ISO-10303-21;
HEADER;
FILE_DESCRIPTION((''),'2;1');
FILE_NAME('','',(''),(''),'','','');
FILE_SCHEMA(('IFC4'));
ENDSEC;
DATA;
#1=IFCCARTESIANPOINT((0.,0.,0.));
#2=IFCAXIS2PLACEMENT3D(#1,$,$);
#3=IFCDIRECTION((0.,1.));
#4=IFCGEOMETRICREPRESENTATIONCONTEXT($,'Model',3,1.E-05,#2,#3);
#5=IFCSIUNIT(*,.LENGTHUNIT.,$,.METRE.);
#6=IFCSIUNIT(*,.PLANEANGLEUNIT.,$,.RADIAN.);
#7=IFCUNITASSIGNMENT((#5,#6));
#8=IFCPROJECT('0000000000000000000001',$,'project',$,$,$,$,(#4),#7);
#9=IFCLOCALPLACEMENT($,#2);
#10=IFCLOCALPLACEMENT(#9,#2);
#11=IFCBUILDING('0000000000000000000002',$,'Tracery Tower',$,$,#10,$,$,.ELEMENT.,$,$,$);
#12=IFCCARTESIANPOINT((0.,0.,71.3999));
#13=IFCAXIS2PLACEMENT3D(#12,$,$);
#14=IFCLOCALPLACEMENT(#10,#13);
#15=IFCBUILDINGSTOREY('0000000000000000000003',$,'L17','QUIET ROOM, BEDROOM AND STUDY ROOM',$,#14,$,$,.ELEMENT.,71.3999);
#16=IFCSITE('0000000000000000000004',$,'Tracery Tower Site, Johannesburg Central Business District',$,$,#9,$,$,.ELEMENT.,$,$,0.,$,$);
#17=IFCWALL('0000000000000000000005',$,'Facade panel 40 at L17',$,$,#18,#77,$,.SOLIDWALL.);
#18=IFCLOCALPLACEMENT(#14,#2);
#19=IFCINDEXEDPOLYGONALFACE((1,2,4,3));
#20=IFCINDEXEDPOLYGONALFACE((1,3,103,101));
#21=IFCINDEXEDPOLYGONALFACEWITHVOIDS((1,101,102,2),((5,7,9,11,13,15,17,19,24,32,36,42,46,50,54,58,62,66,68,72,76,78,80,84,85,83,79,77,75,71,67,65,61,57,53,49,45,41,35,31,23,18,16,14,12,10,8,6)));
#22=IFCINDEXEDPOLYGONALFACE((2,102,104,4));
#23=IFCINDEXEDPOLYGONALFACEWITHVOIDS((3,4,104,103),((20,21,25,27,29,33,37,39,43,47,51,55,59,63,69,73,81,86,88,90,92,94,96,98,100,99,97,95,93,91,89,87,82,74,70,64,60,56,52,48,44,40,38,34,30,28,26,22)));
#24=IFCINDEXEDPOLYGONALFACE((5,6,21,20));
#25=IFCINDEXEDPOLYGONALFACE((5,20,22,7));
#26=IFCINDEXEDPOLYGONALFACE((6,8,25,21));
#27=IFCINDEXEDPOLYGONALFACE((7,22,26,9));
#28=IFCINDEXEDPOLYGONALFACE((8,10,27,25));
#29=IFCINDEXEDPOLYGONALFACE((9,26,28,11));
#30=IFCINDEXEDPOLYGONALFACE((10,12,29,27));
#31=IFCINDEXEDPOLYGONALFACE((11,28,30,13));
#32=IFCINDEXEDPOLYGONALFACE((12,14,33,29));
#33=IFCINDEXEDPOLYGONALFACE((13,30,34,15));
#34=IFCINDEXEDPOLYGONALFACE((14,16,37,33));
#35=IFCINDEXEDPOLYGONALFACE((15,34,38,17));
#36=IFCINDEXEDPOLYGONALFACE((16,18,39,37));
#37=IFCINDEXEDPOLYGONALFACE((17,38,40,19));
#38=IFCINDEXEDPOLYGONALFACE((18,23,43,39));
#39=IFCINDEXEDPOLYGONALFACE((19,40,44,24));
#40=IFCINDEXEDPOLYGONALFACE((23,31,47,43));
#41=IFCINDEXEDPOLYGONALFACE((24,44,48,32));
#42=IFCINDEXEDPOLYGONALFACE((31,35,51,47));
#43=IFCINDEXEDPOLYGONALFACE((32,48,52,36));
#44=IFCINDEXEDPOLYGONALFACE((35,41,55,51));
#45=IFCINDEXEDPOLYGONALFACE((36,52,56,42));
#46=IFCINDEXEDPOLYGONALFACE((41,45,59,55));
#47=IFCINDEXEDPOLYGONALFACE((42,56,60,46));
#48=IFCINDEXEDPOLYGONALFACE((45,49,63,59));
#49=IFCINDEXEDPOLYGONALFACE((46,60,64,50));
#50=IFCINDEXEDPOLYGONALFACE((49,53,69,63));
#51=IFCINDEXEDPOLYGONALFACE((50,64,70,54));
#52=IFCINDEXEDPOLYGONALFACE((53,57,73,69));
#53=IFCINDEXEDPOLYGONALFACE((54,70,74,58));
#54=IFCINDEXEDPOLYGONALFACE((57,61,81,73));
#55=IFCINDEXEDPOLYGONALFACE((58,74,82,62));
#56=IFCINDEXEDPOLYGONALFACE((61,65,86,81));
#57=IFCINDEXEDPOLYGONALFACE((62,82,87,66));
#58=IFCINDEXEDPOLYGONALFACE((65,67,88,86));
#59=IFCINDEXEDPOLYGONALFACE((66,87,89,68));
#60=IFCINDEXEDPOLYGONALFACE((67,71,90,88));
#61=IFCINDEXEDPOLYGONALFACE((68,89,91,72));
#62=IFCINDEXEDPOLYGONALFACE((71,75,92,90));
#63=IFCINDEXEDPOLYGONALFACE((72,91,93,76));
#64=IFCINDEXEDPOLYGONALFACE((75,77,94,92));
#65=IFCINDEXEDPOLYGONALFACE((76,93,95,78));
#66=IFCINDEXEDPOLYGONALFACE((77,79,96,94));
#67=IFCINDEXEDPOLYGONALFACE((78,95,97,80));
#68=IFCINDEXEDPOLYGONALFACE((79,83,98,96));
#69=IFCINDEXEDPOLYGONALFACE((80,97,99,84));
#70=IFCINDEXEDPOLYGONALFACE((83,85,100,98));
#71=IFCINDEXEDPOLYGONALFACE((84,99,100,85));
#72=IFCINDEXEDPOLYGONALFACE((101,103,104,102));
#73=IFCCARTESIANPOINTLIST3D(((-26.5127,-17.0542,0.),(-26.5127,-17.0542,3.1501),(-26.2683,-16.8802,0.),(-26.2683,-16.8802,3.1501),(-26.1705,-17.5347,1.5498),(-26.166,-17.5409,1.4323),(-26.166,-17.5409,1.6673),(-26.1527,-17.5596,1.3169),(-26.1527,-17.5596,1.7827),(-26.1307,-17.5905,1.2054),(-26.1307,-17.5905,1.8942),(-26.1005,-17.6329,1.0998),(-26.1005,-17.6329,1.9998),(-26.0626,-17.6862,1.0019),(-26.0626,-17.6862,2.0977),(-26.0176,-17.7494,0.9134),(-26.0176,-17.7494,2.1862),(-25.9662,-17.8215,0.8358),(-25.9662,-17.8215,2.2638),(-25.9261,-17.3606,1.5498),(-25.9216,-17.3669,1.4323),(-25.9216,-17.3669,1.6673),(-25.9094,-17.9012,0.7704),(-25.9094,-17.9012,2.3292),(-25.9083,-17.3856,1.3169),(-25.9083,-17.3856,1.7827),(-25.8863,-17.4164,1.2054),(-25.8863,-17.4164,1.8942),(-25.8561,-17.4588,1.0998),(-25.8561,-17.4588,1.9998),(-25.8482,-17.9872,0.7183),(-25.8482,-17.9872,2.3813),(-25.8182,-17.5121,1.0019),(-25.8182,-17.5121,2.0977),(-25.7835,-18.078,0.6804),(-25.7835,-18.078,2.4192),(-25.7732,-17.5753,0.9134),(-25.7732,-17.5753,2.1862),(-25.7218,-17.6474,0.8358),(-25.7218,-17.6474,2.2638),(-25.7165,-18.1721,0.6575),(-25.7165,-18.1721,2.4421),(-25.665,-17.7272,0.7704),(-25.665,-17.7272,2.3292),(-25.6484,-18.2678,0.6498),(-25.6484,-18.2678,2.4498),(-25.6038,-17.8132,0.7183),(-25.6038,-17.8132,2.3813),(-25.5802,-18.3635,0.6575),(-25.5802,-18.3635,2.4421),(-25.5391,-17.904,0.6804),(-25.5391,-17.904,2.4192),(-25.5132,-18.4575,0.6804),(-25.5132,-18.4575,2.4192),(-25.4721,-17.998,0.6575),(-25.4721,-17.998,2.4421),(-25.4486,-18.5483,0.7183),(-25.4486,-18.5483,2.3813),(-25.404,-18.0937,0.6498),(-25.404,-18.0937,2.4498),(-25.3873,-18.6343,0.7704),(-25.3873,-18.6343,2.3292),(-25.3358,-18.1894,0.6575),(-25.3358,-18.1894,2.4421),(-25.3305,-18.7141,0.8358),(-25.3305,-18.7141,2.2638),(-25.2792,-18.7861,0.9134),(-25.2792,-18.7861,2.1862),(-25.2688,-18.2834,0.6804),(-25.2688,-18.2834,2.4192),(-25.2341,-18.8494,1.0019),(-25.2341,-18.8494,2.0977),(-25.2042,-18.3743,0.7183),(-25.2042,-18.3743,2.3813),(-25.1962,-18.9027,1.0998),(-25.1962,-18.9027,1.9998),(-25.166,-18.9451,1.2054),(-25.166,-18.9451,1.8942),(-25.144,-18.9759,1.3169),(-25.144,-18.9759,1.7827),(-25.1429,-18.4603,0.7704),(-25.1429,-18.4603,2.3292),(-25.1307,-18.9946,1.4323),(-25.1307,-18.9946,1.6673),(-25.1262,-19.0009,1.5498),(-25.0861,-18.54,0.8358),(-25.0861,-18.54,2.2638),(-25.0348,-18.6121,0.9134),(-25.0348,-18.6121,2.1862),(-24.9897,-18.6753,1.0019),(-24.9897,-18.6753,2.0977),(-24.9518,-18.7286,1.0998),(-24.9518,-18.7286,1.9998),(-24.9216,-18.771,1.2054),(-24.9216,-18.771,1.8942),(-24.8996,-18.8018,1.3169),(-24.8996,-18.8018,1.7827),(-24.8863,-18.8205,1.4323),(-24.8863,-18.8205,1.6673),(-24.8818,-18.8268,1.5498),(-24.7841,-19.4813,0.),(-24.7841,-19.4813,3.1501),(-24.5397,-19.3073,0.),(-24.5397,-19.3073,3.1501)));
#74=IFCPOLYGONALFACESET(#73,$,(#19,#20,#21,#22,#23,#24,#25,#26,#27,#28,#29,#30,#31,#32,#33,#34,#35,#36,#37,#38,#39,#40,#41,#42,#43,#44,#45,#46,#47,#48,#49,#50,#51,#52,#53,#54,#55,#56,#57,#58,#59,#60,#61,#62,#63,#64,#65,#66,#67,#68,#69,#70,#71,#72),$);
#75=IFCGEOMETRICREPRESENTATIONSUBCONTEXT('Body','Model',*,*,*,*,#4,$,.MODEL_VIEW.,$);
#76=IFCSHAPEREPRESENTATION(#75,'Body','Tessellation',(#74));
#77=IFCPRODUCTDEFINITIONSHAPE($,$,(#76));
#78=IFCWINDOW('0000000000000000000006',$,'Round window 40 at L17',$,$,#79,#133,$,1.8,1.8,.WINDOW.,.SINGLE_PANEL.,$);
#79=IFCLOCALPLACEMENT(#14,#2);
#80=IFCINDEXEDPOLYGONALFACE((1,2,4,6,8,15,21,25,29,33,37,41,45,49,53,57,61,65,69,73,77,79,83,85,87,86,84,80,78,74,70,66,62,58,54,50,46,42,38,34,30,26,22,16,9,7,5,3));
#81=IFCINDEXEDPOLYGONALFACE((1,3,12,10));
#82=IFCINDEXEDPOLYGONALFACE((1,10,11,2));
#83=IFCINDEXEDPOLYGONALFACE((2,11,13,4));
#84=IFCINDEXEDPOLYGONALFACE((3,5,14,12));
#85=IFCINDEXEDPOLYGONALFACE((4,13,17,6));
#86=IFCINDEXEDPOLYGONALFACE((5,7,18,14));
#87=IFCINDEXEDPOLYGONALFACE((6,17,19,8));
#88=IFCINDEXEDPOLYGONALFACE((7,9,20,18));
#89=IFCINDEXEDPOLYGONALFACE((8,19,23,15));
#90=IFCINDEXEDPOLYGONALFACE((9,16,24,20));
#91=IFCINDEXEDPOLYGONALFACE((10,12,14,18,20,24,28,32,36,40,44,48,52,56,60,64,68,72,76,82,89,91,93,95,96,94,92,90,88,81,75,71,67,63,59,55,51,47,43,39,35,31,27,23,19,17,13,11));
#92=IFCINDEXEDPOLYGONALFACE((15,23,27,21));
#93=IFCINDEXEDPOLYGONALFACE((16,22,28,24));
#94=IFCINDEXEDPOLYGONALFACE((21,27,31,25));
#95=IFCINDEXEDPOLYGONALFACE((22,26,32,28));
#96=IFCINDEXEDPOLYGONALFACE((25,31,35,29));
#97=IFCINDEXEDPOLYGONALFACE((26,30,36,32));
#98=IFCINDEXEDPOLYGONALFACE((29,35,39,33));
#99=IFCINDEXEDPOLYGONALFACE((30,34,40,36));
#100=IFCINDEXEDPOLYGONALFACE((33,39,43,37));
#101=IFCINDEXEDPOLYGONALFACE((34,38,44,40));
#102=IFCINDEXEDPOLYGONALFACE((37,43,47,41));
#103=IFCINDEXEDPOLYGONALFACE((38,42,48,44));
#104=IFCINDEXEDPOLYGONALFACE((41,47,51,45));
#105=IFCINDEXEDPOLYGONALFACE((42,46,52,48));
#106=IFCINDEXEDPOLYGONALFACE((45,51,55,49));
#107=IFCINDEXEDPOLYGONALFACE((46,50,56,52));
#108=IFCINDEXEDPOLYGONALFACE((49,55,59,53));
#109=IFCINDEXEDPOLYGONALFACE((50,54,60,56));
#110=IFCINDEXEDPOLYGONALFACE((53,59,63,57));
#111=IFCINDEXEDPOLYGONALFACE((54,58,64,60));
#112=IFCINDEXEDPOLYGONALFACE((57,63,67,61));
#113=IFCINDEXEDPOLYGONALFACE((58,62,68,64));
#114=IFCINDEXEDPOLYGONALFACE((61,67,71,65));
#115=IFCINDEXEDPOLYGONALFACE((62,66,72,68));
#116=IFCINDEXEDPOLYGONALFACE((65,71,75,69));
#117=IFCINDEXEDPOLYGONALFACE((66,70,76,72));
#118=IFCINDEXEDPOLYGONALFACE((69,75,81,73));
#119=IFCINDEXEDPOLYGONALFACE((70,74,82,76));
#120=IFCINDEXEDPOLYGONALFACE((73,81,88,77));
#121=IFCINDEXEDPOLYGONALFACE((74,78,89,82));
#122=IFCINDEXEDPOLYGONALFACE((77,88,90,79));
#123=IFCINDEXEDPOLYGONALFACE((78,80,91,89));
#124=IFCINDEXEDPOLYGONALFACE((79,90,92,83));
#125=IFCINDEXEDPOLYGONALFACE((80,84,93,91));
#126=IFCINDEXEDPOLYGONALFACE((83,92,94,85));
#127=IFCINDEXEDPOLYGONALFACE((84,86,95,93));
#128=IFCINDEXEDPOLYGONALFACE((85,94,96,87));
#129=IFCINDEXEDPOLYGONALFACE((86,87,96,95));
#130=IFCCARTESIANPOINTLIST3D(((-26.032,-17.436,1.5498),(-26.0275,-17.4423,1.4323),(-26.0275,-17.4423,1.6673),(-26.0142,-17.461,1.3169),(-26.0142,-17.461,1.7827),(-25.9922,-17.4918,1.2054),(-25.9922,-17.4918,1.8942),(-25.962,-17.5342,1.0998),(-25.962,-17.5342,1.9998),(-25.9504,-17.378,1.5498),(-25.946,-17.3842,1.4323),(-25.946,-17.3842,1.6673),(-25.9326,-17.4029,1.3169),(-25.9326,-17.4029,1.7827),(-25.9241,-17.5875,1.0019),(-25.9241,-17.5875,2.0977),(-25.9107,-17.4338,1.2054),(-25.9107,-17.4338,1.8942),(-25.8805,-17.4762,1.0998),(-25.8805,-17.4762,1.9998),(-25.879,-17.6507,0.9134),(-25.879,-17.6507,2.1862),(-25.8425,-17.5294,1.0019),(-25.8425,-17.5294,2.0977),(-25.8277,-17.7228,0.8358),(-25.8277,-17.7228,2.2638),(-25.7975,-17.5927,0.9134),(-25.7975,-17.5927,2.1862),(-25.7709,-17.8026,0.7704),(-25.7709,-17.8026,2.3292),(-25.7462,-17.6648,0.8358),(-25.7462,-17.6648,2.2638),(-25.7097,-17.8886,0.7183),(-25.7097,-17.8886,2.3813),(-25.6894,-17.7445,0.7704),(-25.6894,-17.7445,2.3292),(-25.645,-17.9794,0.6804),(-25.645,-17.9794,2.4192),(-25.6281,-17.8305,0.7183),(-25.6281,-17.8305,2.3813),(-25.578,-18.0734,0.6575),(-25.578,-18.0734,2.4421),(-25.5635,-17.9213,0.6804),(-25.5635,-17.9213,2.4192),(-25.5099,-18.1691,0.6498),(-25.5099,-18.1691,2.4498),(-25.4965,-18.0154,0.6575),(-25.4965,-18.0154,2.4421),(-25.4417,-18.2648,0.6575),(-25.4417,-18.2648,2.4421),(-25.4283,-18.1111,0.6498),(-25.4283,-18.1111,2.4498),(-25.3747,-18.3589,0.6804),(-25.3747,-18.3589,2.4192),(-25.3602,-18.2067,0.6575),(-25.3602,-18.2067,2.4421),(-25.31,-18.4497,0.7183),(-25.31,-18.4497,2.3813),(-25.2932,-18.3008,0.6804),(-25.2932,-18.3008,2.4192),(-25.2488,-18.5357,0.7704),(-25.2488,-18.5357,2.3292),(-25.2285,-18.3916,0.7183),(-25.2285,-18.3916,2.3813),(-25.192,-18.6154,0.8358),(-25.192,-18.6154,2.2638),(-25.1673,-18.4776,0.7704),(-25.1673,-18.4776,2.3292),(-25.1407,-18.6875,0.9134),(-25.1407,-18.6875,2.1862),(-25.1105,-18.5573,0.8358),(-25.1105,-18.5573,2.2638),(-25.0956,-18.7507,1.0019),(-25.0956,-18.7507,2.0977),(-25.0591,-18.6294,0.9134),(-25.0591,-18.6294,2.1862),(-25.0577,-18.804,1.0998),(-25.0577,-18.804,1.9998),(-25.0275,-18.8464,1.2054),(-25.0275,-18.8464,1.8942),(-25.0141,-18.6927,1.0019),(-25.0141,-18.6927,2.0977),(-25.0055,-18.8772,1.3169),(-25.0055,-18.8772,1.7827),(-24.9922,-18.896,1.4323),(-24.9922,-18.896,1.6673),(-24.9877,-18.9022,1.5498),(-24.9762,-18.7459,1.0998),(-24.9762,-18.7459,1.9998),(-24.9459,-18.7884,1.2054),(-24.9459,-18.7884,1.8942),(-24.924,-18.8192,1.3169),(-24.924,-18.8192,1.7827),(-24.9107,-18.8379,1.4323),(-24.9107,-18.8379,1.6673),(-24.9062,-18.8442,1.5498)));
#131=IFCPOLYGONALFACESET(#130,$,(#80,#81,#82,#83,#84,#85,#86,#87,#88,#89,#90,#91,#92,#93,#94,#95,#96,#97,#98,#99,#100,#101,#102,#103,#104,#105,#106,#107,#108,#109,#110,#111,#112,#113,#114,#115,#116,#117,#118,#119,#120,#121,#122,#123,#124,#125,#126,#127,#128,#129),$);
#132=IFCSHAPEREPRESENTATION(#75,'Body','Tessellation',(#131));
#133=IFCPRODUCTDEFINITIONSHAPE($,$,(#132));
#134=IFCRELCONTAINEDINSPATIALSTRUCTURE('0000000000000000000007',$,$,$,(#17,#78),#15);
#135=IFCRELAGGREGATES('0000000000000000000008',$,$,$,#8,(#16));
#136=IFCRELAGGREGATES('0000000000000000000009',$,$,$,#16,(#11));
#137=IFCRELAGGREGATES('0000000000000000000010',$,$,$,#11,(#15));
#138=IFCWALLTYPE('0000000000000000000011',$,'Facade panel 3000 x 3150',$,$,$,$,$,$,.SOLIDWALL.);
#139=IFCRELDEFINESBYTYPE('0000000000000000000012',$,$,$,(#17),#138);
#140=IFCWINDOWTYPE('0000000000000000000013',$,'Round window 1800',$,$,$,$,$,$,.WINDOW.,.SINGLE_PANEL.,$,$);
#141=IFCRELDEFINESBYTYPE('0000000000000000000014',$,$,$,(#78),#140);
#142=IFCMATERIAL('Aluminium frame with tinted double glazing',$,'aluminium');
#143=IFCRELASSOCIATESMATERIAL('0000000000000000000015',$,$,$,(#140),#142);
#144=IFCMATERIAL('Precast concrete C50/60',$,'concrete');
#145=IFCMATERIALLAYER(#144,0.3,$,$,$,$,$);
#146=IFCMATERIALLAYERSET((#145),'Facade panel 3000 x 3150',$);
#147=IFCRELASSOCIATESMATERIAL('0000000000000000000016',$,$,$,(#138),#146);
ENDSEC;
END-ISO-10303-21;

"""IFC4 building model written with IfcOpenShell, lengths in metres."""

from ifc_helpers import new_model, si_unit, direction, frame, frame_2d, origin, origin_2d, place, context, subcontext, project, spatial, rectangle, circle, extrude, material, layer, layer_set, type_object, element, fill, save


model = new_model("IFC4")

# Units and contexts
model_context = context("Model", 3, precision=1e-05, world=origin(), true_north=direction((0.0, 1.0)))
body_context = subcontext(model_context, "Body", "Model", "MODEL_VIEW")
ifc_project = project(units=[si_unit("LENGTHUNIT", "METRE"), si_unit("PLANEANGLEUNIT", "RADIAN")], contexts=[model_context])

# Site, building, storey
site_placement = place(None, origin())
site = spatial("IfcSite", under=ifc_project, at=site_placement, Name="Tracery Tower Site, Johannesburg Central Business District", CompositionType="ELEMENT", RefElevation=0.0)
building_placement = place(site_placement, origin())
building = spatial("IfcBuilding", under=site, at=building_placement, Name="Tracery Tower", CompositionType="ELEMENT")
storey_placement = place(building_placement, frame((0.0, 0.0, 71.3999)))
storey = spatial("IfcBuildingStorey", under=building, at=storey_placement, Name="L17", Description="QUIET ROOM, BEDROOM AND STUDY ROOM", CompositionType="ELEMENT", Elevation=71.3999)

# Wall, opening, window
ifc_material_1 = material(Name="Aluminium frame with tinted double glazing", Category="aluminium")
window_type = type_object("IfcWindowType", Name="Round window 1800", PartitioningType="SINGLE_PANEL", PredefinedType="WINDOW", material=ifc_material_1)
ifc_material_2 = material(Name="Precast concrete C50/60", Category="concrete")
ifc_layer_1 = layer(ifc_material_2, 0.3)
ifc_layer_set_1 = layer_set([ifc_layer_1], Name="Facade panel 3000 x 3150")
wall_type_1 = type_object("IfcWallType", Name="Facade panel 3000 x 3150", PredefinedType="SOLIDWALL", material=ifc_layer_set_1)
wall_1_placement = place(storey_placement, frame((-26.3904, -16.9673, 0.0), z_axis=(0.0, 0.0, 1.0), x_axis=(0.580114, -0.814535, 0.0)))
wall_1 = element("IfcWall", 1, at=wall_1_placement, inside=storey, type_object=wall_type_1, Name="Facade panel 40 at L17", PredefinedType="SOLIDWALL", context=body_context, shape_type="SweptSolid", body=[
    extrude(rectangle(XDim=2.9797, YDim=0.3, at=frame_2d((1.4897, 0.0))), origin(), (0.0, 0.0, 1.0), 3.1501),
])
opening_1_placement = place(wall_1_placement, frame((1.4897, 0.0, 1.5498)))
opening_1 = element("IfcOpeningElement", 2, at=opening_1_placement, cuts=wall_1, PredefinedType="OPENING", context=body_context, shape_type="SweptSolid", body=[
    extrude(circle(Radius=0.9, at=origin_2d()), frame((0.0, 0.1599, 0.0), z_axis=(0.0, -1.0, 0.0), x_axis=(1.0, 0.0, 0.0)), (0.0, 0.0, 1.0), 0.3201),
])
window_1_placement = place(opening_1_placement, origin())
window_1 = element("IfcWindow", 3, at=window_1_placement, inside=storey, type_object=window_type, Name="Round window 40 at L17", OverallHeight=1.8, OverallWidth=1.8, PartitioningType="SINGLE_PANEL", PredefinedType="WINDOW", context=body_context, shape_type="SweptSolid", body=[
    extrude(circle(Radius=0.9, at=origin_2d()), frame((0.0, 0.1201, 0.0), z_axis=(0.0, -1.0, 0.0), x_axis=(1.0, 0.0, 0.0)), (0.0, 0.0, 1.0), 0.1001),
])
fill(opening_1, window_1)

save(model, "model.ifc")
